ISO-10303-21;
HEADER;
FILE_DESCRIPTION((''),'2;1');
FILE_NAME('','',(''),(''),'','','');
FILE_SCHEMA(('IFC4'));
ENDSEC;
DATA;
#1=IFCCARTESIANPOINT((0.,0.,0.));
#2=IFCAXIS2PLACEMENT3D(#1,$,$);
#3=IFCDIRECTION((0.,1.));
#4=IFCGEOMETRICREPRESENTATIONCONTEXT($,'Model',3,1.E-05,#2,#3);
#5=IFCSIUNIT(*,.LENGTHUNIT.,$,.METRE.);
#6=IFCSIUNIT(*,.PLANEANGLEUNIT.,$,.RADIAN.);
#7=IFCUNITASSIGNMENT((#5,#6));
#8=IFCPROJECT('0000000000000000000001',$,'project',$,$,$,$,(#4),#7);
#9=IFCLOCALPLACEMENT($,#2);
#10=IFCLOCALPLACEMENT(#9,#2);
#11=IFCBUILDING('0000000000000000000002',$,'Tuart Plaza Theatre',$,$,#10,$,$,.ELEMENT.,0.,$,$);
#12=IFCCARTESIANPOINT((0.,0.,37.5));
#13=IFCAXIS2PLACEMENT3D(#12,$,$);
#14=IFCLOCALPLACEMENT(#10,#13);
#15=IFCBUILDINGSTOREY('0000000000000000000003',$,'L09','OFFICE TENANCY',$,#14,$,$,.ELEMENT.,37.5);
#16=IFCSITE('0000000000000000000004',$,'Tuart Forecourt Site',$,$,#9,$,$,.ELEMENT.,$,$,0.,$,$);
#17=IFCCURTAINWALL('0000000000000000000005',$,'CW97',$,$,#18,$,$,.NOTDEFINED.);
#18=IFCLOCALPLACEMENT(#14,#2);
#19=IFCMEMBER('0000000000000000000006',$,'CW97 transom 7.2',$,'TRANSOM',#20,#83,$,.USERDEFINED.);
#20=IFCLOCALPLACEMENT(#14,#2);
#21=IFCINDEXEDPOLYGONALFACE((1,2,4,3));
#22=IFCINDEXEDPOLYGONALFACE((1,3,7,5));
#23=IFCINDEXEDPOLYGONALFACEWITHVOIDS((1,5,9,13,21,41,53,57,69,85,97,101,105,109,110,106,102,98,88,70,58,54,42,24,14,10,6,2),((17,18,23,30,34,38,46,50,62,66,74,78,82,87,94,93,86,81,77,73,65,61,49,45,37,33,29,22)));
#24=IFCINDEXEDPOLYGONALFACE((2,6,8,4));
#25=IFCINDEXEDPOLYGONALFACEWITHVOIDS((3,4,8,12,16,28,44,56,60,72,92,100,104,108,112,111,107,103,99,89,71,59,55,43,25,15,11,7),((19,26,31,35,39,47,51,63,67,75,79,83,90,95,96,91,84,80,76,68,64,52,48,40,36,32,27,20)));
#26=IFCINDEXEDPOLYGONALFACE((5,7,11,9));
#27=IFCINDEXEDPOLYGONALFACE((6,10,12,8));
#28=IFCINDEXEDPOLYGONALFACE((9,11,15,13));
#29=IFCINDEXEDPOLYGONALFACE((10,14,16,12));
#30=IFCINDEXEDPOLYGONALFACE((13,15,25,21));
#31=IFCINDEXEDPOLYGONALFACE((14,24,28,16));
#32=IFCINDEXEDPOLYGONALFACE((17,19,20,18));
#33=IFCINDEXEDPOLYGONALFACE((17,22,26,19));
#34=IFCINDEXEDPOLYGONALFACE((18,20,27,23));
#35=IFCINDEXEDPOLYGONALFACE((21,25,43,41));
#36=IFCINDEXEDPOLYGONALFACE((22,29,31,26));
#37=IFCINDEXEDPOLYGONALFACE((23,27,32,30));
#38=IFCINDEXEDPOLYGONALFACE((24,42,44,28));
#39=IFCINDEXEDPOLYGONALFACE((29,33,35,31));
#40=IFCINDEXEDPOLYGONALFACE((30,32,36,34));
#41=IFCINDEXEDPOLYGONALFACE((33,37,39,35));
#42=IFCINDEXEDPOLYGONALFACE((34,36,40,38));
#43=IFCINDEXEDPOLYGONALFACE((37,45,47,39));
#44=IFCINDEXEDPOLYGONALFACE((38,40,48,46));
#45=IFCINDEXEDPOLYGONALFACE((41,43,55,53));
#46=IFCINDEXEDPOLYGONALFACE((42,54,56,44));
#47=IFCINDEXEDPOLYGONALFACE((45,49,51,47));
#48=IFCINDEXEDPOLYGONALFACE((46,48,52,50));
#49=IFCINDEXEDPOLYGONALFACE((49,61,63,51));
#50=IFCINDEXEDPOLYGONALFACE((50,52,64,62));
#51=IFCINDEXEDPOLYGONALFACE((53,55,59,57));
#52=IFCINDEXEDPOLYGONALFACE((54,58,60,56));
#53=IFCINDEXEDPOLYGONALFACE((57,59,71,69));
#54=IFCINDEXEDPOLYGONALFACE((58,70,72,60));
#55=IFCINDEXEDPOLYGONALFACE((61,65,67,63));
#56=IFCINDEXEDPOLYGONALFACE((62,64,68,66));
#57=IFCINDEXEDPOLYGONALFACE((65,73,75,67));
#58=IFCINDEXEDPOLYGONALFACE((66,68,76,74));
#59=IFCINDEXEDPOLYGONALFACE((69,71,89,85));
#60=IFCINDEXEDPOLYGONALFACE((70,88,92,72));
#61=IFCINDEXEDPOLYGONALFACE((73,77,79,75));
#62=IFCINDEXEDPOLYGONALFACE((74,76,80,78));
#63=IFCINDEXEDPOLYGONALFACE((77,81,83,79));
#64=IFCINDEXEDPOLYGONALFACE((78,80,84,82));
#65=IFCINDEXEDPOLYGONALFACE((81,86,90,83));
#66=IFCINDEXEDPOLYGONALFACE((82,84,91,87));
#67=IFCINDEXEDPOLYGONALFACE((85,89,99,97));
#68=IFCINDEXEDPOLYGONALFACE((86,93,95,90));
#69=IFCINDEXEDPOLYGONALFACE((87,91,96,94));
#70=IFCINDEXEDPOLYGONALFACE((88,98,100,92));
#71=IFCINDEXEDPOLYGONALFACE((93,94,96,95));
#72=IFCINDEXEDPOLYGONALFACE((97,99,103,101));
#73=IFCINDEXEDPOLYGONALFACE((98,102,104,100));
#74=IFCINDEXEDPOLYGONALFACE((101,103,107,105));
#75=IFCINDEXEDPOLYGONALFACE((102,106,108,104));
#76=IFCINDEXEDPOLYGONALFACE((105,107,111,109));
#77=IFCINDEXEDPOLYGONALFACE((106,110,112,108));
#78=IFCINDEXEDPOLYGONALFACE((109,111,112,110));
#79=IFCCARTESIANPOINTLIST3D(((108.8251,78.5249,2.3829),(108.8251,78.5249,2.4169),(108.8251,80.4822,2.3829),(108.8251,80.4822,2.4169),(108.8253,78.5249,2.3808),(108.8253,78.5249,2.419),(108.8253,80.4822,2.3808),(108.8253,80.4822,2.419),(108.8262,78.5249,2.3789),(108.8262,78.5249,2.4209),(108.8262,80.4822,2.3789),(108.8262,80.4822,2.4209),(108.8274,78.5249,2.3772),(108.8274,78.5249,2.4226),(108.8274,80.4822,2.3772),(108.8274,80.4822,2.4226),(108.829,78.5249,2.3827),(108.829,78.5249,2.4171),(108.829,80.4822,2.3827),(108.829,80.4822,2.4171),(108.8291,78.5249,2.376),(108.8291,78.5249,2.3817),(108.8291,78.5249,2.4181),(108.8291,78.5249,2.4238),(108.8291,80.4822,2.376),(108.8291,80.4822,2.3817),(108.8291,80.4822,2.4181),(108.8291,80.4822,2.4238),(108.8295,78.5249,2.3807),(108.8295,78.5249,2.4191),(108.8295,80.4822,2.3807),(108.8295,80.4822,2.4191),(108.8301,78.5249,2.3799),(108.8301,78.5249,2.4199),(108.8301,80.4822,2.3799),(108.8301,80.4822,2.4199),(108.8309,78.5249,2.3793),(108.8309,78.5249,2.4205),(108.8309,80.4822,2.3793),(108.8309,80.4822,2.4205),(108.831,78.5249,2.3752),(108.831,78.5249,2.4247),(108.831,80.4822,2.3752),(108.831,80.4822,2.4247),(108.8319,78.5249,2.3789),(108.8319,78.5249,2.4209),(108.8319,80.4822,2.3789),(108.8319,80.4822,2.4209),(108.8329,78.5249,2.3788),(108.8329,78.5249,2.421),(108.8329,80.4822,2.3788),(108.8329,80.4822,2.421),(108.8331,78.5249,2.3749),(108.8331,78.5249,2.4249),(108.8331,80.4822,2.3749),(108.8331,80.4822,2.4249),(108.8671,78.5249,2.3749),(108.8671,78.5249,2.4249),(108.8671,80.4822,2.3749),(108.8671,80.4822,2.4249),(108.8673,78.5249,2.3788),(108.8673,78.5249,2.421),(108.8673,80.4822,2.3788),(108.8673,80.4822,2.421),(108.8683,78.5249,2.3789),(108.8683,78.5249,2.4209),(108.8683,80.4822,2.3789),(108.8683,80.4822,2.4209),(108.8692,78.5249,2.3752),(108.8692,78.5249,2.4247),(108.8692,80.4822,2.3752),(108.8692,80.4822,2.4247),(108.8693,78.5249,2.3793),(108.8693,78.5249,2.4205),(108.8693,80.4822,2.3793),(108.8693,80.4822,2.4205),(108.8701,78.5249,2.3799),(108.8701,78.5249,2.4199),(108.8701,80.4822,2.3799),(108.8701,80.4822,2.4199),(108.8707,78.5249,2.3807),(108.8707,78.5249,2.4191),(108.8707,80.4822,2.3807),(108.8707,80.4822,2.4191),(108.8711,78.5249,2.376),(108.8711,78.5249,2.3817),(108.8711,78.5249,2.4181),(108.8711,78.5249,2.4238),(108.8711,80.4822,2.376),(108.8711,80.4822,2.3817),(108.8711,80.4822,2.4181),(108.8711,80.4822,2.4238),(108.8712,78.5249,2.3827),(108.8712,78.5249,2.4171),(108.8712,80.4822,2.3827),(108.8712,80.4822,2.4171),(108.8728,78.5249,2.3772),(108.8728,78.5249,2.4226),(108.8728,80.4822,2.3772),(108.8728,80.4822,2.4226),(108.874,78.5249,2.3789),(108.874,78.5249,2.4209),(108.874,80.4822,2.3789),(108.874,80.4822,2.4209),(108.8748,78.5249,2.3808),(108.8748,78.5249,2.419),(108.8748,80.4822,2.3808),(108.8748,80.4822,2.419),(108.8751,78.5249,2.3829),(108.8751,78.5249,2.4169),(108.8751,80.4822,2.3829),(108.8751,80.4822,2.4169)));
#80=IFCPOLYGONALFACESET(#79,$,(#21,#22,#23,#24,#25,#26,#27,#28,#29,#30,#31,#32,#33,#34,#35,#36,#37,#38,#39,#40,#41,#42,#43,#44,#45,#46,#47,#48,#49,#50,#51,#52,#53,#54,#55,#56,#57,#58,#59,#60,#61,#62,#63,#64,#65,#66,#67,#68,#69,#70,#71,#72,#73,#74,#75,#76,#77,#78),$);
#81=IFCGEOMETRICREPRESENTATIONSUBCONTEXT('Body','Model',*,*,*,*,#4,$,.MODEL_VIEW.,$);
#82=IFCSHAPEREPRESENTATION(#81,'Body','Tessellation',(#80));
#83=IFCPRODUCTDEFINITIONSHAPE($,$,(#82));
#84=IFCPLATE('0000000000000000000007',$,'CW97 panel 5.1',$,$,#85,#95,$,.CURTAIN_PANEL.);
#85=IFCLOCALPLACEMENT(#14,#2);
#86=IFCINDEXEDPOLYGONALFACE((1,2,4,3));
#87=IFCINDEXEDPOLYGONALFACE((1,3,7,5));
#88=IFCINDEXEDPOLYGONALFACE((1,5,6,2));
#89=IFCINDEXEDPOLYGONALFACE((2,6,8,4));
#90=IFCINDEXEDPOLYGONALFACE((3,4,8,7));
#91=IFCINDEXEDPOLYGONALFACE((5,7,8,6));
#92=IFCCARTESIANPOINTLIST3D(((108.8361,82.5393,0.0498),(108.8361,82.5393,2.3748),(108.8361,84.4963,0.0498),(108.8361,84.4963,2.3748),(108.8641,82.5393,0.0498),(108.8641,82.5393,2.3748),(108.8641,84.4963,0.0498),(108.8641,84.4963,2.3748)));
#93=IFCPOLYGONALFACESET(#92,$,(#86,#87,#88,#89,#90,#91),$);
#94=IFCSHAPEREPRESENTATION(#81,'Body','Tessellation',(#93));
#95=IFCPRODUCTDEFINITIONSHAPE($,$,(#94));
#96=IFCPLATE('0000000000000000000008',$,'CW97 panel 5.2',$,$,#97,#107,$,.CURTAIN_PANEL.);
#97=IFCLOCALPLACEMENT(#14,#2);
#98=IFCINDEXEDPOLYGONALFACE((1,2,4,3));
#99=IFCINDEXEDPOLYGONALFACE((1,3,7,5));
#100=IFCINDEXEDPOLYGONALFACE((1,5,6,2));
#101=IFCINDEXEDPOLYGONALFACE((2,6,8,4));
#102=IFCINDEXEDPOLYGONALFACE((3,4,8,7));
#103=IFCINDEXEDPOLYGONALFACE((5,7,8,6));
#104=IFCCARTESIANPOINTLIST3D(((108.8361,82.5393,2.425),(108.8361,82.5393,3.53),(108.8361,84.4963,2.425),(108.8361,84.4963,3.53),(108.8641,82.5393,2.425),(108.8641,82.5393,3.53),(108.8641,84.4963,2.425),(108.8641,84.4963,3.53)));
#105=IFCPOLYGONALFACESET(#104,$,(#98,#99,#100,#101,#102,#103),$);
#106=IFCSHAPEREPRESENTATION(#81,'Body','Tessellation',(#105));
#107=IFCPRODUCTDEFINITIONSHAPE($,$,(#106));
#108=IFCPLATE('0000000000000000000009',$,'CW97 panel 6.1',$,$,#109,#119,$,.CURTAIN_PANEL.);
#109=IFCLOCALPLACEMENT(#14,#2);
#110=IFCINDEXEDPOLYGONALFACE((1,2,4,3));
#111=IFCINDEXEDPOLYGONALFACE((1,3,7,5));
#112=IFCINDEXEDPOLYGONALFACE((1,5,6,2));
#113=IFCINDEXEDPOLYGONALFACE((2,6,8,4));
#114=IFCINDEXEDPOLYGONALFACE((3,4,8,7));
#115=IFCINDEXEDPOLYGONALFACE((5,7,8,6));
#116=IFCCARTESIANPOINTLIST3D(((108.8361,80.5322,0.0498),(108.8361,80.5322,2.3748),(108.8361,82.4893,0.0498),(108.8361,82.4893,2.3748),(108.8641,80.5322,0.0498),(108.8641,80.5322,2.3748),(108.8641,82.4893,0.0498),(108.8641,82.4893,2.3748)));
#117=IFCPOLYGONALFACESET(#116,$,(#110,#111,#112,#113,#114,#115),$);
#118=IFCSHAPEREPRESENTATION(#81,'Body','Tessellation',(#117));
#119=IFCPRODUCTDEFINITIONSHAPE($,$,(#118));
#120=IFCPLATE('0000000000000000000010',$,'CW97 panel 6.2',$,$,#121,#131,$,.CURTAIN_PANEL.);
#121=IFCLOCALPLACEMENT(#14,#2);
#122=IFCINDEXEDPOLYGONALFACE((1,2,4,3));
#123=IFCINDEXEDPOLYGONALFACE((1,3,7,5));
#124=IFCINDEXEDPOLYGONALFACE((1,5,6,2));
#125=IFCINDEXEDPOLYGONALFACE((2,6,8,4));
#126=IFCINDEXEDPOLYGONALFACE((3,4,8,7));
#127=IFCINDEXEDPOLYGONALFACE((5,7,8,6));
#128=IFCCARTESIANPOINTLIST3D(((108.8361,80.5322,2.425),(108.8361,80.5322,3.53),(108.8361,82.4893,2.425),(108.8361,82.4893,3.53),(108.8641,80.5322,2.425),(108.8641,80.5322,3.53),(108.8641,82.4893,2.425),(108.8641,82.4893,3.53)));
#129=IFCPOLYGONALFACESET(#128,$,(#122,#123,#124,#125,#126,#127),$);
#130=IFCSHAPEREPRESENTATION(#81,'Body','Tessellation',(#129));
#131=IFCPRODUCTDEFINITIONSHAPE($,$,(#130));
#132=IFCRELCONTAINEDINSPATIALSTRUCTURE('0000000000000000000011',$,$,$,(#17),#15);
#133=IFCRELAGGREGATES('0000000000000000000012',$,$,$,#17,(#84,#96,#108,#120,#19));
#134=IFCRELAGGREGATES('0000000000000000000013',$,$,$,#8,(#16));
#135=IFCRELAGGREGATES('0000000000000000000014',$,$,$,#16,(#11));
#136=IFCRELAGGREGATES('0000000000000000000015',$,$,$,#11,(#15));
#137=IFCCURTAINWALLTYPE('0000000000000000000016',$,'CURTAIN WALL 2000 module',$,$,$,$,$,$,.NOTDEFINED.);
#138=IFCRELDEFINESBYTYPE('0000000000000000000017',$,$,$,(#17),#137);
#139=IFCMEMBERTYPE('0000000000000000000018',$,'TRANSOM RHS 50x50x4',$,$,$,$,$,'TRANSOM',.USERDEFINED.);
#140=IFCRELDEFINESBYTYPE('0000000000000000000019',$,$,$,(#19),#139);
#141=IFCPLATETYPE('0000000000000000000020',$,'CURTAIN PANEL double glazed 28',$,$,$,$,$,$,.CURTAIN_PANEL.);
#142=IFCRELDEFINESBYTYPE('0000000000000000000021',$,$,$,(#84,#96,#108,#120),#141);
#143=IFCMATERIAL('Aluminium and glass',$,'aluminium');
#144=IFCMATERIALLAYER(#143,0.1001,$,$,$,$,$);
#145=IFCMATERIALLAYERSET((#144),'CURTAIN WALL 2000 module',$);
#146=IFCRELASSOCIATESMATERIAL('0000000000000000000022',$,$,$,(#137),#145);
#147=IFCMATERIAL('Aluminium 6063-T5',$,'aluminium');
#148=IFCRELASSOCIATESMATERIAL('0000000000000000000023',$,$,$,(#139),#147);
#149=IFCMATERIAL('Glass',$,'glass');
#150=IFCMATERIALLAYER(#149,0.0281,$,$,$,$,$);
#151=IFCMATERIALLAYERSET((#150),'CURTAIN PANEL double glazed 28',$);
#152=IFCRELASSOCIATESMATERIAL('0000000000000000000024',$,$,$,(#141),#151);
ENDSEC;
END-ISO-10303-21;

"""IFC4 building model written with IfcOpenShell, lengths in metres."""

from ifc_helpers import new_model, si_unit, direction, frame, origin, origin_2d, place, context, subcontext, project, spatial, rectangle, hollow_rectangle, extrude, material, layer, layer_set, material_profile, profile_set, type_object, element, aggregate, save


model = new_model("IFC4")

# Units and contexts
model_context = context("Model", 3, precision=1e-05, world=origin(), true_north=direction((0.0, 1.0)))
body_context = subcontext(model_context, "Body", "Model", "MODEL_VIEW")
ifc_project = project(units=[si_unit("LENGTHUNIT", "METRE"), si_unit("PLANEANGLEUNIT", "RADIAN")], contexts=[model_context])

# Site, building, storey
site_placement = place(None, origin())
site = spatial("IfcSite", under=ifc_project, at=site_placement, Name="Tuart Forecourt Site", CompositionType="ELEMENT", RefElevation=0.0)
building_placement = place(site_placement, origin())
building = spatial("IfcBuilding", under=site, at=building_placement, Name="Tuart Plaza Theatre", CompositionType="ELEMENT", ElevationOfRefHeight=0.0)
storey_placement = place(building_placement, frame((0.0, 0.0, 37.5)))
storey = spatial("IfcBuildingStorey", under=building, at=storey_placement, Name="L09", Description="OFFICE TENANCY", CompositionType="ELEMENT", Elevation=37.5)

# Curtain wall, member, plates
ifc_material_1 = material(Name="Aluminium and glass", Category="aluminium")
ifc_layer_1 = layer(ifc_material_1, 0.1001)
ifc_layer_set_1 = layer_set([ifc_layer_1], Name="CURTAIN WALL 2000 module")
curtain_wall_type = type_object("IfcCurtainWallType", Name="CURTAIN WALL 2000 module", PredefinedType="NOTDEFINED", material=ifc_layer_set_1)
curtain_wall_placement = place(storey_placement, origin())
curtain_wall = element("IfcCurtainWall", 1, at=curtain_wall_placement, inside=storey, type_object=curtain_wall_type, Name="CW97", PredefinedType="NOTDEFINED")
ifc_material_2 = material(Name="Aluminium 6063-T5", Category="aluminium")
ifc_material_profile_1 = material_profile(ifc_material_2, hollow_rectangle(XDim=0.05, YDim=0.05, WallThickness=0.0039, InnerFilletRadius=0.0039, OuterFilletRadius=0.0081, at=origin_2d()), Name="RHS 50x50x4")
ifc_profile_set_1 = profile_set([ifc_material_profile_1], Name="Aluminium 6063-T5")
member_type_1 = type_object("IfcMemberType", Name="TRANSOM RHS 50x50x4", ElementType="TRANSOM", PredefinedType="USERDEFINED", material=ifc_profile_set_1)
member_1_placement = place(storey_placement, frame((108.8501, 80.4822, 2.3999), z_axis=(0.0, -1.0, 0.0), x_axis=(1.0, 0.0, 0.0)))
member_1 = element("IfcMember", 2, at=member_1_placement, type_object=member_type_1, Name="CW97 transom 7.2", ObjectType="TRANSOM", PredefinedType="USERDEFINED", context=body_context, shape_type="SweptSolid", body=[
    extrude(hollow_rectangle(XDim=0.05, YDim=0.05, WallThickness=0.0039, InnerFilletRadius=0.0039, OuterFilletRadius=0.0081, at=origin_2d()), origin(), (0.0, 0.0, 1.0), 1.9573),
])
ifc_material_3 = material(Name="Glass", Category="glass")
ifc_layer_2 = layer(ifc_material_3, 0.0281)
ifc_layer_set_2 = layer_set([ifc_layer_2], Name="CURTAIN PANEL double glazed 28")
plate_type = type_object("IfcPlateType", Name="CURTAIN PANEL double glazed 28", PredefinedType="CURTAIN_PANEL", material=ifc_layer_set_2)
plate_1_placement = place(storey_placement, frame((108.8501, 83.5178, 0.0498), z_axis=(0.0, 0.0, 1.0), x_axis=(0.0, -1.0, 0.0)))
plate_1 = element("IfcPlate", 3, at=plate_1_placement, type_object=plate_type, Name="CW97 panel 5.1", PredefinedType="CURTAIN_PANEL", context=body_context, shape_type="SweptSolid", body=[
    extrude(rectangle(XDim=1.957, YDim=0.0281, at=origin_2d()), origin(), (0.0, 0.0, 1.0), 2.325),
])
plate_2_placement = place(storey_placement, frame((108.8501, 83.5178, 2.425), z_axis=(0.0, 0.0, 1.0), x_axis=(0.0, -1.0, 0.0)))
plate_2 = element("IfcPlate", 4, at=plate_2_placement, type_object=plate_type, Name="CW97 panel 5.2", PredefinedType="CURTAIN_PANEL", context=body_context, shape_type="SweptSolid", body=[
    extrude(rectangle(XDim=1.957, YDim=0.0281, at=origin_2d()), origin(), (0.0, 0.0, 1.0), 1.105),
])
plate_3_placement = place(storey_placement, frame((108.8501, 81.5107, 0.0498), z_axis=(0.0, 0.0, 1.0), x_axis=(0.0, -1.0, 0.0)))
plate_3 = element("IfcPlate", 5, at=plate_3_placement, type_object=plate_type, Name="CW97 panel 6.1", PredefinedType="CURTAIN_PANEL", context=body_context, shape_type="SweptSolid", body=[
    extrude(rectangle(XDim=1.957, YDim=0.0281, at=origin_2d()), origin(), (0.0, 0.0, 1.0), 2.325),
])
plate_4_placement = place(storey_placement, frame((108.8501, 81.5107, 2.425), z_axis=(0.0, 0.0, 1.0), x_axis=(0.0, -1.0, 0.0)))
plate_4 = element("IfcPlate", 6, at=plate_4_placement, type_object=plate_type, Name="CW97 panel 6.2", PredefinedType="CURTAIN_PANEL", context=body_context, shape_type="SweptSolid", body=[
    extrude(rectangle(XDim=1.957, YDim=0.0281, at=origin_2d()), origin(), (0.0, 0.0, 1.0), 1.105),
])
aggregate(curtain_wall, [plate_1, plate_2, plate_3, plate_4, member_1])

save(model, "model.ifc")
